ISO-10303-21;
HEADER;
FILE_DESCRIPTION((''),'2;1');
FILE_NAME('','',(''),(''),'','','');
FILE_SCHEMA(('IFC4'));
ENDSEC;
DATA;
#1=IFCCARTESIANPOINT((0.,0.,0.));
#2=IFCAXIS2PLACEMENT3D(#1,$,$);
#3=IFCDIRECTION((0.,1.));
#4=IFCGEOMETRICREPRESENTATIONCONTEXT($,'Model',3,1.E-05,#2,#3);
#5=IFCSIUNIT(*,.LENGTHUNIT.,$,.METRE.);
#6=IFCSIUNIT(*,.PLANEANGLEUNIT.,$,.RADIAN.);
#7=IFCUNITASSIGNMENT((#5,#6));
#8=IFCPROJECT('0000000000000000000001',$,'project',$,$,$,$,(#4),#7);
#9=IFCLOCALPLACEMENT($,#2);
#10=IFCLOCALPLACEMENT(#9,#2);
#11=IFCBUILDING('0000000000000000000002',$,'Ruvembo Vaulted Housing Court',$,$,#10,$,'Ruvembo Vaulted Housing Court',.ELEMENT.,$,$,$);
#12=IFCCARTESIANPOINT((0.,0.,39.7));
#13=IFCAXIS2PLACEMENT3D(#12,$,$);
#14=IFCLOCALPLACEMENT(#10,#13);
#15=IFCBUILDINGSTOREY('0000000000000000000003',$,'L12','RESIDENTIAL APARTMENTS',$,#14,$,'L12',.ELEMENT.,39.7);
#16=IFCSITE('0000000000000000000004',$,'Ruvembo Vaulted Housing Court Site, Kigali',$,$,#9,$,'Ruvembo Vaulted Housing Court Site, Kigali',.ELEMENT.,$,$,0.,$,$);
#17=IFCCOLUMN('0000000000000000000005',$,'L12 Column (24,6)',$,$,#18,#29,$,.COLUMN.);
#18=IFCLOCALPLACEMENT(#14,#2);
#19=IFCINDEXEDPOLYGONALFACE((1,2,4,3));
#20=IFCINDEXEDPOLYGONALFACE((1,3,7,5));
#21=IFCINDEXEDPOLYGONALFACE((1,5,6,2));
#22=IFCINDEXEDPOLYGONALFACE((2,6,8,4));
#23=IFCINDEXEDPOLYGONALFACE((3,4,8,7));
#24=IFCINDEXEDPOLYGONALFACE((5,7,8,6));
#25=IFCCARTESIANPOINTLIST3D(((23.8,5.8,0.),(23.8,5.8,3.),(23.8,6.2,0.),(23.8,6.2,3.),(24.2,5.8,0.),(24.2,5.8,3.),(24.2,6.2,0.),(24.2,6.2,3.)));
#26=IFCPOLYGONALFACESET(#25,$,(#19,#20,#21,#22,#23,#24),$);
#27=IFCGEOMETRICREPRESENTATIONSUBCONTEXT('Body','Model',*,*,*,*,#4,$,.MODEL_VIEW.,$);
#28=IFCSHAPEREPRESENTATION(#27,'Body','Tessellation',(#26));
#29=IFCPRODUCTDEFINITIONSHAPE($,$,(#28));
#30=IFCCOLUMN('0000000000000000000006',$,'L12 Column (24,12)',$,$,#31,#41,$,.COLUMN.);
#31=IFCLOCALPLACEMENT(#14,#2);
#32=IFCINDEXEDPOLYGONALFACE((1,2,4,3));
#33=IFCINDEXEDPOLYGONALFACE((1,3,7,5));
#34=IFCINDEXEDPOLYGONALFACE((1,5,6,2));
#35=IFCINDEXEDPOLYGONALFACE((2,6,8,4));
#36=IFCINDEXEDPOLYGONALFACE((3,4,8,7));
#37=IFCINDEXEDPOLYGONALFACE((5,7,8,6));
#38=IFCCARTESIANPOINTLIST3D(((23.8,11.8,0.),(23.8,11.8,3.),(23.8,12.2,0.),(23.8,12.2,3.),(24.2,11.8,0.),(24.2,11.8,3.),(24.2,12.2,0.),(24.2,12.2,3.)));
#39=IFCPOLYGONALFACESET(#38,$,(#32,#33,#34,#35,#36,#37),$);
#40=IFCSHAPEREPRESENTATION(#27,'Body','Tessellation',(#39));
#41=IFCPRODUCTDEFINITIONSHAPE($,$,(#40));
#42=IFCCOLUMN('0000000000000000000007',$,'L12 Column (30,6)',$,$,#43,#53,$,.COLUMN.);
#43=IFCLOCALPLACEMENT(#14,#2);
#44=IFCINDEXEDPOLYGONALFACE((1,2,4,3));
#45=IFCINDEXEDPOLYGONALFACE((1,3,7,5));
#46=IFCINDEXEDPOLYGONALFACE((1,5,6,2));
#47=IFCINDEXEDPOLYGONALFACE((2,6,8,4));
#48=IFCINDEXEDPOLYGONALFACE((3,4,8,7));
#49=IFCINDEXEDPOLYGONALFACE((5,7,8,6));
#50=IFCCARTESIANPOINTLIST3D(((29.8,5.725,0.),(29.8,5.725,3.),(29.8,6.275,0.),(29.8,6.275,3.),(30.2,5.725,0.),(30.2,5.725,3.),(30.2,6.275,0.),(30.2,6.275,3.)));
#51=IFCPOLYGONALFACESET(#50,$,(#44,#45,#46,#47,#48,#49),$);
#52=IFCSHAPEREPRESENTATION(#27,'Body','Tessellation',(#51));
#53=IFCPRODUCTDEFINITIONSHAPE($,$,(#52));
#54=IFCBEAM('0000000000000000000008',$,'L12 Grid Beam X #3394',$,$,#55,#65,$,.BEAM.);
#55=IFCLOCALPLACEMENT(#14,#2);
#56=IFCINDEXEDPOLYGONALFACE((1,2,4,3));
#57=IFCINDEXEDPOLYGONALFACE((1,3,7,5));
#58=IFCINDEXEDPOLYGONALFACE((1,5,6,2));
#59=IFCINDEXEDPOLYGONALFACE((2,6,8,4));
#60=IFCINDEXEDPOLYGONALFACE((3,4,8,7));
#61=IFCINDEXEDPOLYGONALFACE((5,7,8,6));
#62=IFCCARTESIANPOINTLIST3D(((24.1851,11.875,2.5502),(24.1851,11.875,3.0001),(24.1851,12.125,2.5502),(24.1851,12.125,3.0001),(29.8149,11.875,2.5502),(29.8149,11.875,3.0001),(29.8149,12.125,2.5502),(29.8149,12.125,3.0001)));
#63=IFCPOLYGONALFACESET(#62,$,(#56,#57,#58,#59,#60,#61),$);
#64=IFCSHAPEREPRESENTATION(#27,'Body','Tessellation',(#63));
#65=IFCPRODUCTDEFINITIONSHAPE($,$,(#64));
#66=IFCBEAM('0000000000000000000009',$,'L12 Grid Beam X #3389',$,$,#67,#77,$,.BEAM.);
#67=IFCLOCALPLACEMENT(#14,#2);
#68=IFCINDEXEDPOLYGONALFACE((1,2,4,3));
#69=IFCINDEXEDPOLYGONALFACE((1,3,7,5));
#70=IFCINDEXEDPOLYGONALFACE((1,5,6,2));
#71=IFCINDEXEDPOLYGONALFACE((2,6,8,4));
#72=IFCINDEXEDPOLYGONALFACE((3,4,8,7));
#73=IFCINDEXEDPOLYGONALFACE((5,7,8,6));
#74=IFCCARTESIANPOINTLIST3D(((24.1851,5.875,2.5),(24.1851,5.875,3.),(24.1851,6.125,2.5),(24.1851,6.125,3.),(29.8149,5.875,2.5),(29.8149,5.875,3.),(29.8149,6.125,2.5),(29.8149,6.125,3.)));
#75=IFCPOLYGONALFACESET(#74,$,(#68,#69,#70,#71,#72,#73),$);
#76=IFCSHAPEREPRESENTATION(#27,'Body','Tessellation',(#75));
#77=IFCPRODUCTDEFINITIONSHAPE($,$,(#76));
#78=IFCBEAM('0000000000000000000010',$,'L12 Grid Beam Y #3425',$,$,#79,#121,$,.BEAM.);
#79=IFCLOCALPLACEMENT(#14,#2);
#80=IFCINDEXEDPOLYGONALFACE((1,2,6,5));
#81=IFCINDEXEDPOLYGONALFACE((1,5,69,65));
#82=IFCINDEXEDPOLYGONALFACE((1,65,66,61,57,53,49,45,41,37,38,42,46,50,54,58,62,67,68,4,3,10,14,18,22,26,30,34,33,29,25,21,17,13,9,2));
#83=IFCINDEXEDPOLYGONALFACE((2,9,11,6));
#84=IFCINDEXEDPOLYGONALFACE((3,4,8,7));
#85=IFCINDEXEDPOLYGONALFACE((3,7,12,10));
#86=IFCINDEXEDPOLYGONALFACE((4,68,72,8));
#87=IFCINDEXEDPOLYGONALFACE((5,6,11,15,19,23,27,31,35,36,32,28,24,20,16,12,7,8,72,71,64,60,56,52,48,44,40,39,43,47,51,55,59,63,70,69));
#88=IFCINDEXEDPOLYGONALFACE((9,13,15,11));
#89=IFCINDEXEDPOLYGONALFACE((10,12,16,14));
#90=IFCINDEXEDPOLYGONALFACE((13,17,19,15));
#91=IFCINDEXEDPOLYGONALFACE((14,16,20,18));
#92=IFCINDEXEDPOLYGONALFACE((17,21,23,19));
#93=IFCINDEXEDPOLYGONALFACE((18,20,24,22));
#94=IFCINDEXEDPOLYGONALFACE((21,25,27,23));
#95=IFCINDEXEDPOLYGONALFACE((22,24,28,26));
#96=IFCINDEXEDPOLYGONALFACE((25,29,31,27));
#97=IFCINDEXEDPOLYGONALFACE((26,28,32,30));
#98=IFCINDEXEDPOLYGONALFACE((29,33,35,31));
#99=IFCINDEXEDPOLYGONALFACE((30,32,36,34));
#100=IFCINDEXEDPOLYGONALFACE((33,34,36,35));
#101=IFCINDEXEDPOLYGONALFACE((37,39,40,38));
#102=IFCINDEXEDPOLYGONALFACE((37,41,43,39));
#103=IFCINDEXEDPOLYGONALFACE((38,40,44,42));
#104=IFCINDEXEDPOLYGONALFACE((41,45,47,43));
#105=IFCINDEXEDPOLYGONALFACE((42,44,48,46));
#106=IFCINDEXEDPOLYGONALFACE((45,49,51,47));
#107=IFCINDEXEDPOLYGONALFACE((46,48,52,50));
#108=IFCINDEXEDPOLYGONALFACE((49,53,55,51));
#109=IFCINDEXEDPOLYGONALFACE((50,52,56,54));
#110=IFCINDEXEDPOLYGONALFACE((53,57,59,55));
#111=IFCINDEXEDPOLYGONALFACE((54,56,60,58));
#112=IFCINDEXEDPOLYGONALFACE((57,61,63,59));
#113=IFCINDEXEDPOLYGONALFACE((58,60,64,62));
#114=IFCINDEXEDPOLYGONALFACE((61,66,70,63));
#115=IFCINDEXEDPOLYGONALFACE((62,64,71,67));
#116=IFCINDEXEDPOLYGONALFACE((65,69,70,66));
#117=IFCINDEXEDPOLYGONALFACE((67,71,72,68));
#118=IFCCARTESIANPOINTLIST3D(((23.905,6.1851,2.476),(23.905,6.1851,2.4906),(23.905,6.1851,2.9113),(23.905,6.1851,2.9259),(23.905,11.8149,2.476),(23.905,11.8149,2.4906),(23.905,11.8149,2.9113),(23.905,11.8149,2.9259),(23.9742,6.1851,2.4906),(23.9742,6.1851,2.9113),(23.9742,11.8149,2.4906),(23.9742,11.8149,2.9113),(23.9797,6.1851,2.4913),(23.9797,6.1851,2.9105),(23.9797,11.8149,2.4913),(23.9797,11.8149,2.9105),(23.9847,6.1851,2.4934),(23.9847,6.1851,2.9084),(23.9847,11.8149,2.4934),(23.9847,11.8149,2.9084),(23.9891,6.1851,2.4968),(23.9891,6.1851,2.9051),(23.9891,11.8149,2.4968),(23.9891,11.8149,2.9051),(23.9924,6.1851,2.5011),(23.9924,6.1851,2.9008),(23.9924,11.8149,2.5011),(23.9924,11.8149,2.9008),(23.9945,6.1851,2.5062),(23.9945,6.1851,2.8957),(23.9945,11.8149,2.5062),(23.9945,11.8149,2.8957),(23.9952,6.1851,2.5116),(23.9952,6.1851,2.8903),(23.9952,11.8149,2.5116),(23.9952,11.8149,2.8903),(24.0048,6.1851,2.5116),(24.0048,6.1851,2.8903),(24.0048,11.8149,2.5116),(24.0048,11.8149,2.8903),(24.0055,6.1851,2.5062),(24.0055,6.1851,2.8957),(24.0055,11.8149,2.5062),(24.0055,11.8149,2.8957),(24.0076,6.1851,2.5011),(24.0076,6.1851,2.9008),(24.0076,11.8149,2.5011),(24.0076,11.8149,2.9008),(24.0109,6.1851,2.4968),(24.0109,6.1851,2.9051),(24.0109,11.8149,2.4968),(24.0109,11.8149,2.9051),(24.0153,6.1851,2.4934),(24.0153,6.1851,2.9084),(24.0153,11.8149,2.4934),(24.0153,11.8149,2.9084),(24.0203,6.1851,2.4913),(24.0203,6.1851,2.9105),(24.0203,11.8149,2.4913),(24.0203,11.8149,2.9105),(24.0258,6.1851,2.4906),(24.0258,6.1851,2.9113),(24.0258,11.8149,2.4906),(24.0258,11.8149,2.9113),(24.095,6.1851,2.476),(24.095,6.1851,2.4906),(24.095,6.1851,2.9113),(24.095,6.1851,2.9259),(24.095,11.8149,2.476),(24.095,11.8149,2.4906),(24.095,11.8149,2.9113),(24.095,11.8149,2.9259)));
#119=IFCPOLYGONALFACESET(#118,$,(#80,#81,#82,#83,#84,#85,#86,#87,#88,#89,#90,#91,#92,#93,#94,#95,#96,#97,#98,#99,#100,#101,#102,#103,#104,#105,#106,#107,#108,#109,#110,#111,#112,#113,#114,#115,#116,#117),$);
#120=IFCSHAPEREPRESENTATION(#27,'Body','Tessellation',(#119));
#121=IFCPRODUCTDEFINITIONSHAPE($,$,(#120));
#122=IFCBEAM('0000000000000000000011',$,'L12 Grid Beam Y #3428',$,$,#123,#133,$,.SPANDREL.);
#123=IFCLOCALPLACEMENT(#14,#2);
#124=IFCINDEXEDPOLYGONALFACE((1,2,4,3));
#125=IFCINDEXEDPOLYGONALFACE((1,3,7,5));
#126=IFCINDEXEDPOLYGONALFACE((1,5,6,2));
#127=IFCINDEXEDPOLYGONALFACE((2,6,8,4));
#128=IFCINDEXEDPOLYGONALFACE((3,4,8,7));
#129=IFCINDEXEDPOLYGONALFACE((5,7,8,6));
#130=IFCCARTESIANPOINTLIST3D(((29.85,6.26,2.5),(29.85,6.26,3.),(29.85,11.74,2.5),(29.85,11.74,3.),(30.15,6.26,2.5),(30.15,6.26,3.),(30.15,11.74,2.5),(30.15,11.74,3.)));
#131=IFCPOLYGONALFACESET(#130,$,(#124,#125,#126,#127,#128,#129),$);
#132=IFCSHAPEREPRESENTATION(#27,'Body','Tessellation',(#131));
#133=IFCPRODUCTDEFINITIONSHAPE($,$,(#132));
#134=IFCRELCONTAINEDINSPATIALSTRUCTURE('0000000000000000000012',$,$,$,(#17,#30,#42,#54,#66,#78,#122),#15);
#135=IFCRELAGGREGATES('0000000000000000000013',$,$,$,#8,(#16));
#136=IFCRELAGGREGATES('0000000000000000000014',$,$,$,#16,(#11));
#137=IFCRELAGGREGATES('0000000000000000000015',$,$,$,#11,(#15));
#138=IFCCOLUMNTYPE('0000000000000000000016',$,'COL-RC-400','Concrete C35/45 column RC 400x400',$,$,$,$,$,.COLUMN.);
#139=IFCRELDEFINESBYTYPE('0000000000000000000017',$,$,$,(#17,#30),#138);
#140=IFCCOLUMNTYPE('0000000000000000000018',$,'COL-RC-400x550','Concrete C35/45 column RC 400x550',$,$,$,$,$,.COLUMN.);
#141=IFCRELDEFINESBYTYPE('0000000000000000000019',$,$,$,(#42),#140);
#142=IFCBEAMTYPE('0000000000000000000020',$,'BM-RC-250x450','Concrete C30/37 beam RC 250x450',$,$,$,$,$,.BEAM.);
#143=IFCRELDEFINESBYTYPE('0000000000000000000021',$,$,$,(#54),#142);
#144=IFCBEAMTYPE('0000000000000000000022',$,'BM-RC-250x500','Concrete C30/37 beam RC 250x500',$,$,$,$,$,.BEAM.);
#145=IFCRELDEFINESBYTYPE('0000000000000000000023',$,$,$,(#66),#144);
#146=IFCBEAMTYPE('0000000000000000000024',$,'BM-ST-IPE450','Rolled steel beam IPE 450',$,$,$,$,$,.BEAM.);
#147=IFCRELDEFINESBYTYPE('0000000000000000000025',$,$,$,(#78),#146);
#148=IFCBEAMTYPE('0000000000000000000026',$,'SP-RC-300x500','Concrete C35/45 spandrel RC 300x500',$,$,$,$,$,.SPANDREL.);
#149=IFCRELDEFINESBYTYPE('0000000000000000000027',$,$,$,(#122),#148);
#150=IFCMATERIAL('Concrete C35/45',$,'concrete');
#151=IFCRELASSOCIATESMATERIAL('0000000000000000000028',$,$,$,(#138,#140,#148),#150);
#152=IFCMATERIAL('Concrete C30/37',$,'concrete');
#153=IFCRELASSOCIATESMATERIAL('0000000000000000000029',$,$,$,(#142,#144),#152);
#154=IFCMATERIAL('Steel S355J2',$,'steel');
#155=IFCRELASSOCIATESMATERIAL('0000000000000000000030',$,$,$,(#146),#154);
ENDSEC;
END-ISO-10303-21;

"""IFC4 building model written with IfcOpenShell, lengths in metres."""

from ifc_helpers import new_model, si_unit, direction, frame, origin, origin_2d, place, context, subcontext, project, spatial, rectangle, i_section, extrude, material, material_profile, profile_set, type_object, element, save


model = new_model("IFC4")

# Units and contexts
model_context = context("Model", 3, precision=1e-05, world=origin(), true_north=direction((0.0, 1.0)))
body_context = subcontext(model_context, "Body", "Model", "MODEL_VIEW")
ifc_project = project(units=[si_unit("LENGTHUNIT", "METRE"), si_unit("PLANEANGLEUNIT", "RADIAN")], contexts=[model_context])

# Site, building, storey
site_placement = place(None, origin())
site = spatial("IfcSite", under=ifc_project, at=site_placement, Name="Ruvembo Vaulted Housing Court Site, Kigali", LongName="Ruvembo Vaulted Housing Court Site, Kigali", CompositionType="ELEMENT", RefElevation=0.0)
building_placement = place(site_placement, origin())
building = spatial("IfcBuilding", under=site, at=building_placement, Name="Ruvembo Vaulted Housing Court", LongName="Ruvembo Vaulted Housing Court", CompositionType="ELEMENT")
storey_placement = place(building_placement, frame((0.0, 0.0, 39.7)))
storey = spatial("IfcBuildingStorey", under=building, at=storey_placement, Name="L12", Description="RESIDENTIAL APARTMENTS", LongName="L12", CompositionType="ELEMENT", Elevation=39.7)

# Columns
ifc_material_1 = material(Name="Concrete C35/45", Category="concrete")
ifc_material_profile_1 = material_profile(ifc_material_1, rectangle(XDim=0.3999, YDim=0.3999, at=origin_2d()), Name="RC 400x400")
ifc_profile_set_1 = profile_set([ifc_material_profile_1], Name="Concrete C35/45")
column_type_1 = type_object("IfcColumnType", Name="COL-RC-400", Description="Concrete C35/45 column RC 400x400", PredefinedType="COLUMN", material=ifc_profile_set_1)
for number, where, z_axis, x_axis, name in (
    (1, (24.0, 6.0, 0.0), (0.0, 0.0, 1.0), (1.0, 0.0, 0.0), "L12 Column (24,6)"),
    (2, (24.0, 12.0, 0.0), (0.0, 0.0, 1.0), (1.0, 0.0, 0.0), "L12 Column (24,12)"),
):
    element("IfcColumn", number, at=place(storey_placement, frame(where, z_axis=z_axis, x_axis=x_axis)), inside=storey, type_object=column_type_1, Name=name, PredefinedType="COLUMN", context=body_context, shape_type="SweptSolid", body=[
        extrude(rectangle(XDim=0.3999, YDim=0.3999, at=origin_2d()), origin(), (0.0, 0.0, 1.0), 3.0),
    ])
ifc_material_profile_2 = material_profile(ifc_material_1, rectangle(XDim=0.3999, YDim=0.55, at=origin_2d()), Name="RC 400x550")
ifc_profile_set_2 = profile_set([ifc_material_profile_2], Name="Concrete C35/45")
column_type_2 = type_object("IfcColumnType", Name="COL-RC-400x550", Description="Concrete C35/45 column RC 400x550", PredefinedType="COLUMN", material=ifc_profile_set_2)
column_placement = place(storey_placement, frame((30.0, 6.0, 0.0), z_axis=(0.0, 0.0, 1.0), x_axis=(1.0, 0.0, 0.0)))
element("IfcColumn", 3, at=column_placement, inside=storey, type_object=column_type_2, Name="L12 Column (30,6)", PredefinedType="COLUMN", context=body_context, shape_type="SweptSolid", body=[
    extrude(rectangle(XDim=0.3999, YDim=0.55, at=origin_2d()), origin(), (0.0, 0.0, 1.0), 3.0),
])

# Beams
ifc_material_2 = material(Name="Concrete C30/37", Category="concrete")
ifc_material_profile_3 = material_profile(ifc_material_2, rectangle(XDim=0.25, YDim=0.45, at=origin_2d()), Name="RC 250x450")
ifc_profile_set_3 = profile_set([ifc_material_profile_3], Name="Concrete C30/37")
beam_type_1 = type_object("IfcBeamType", Name="BM-RC-250x450", Description="Concrete C30/37 beam RC 250x450", PredefinedType="BEAM", material=ifc_profile_set_3)
beam_1_placement = place(storey_placement, frame((24.1851, 12.0, 2.7751), z_axis=(1.0, 0.0, 0.0), x_axis=(0.0, 1.0, 0.0)))
element("IfcBeam", 4, at=beam_1_placement, inside=storey, type_object=beam_type_1, Name="L12 Grid Beam X #3394", PredefinedType="BEAM", context=body_context, shape_type="SweptSolid", body=[
    extrude(rectangle(XDim=0.25, YDim=0.45, at=origin_2d()), origin(), (0.0, 0.0, 1.0), 5.6299),
])
ifc_material_profile_4 = material_profile(ifc_material_2, rectangle(XDim=0.25, YDim=0.5, at=origin_2d()), Name="RC 250x500")
ifc_profile_set_4 = profile_set([ifc_material_profile_4], Name="Concrete C30/37")
beam_type_2 = type_object("IfcBeamType", Name="BM-RC-250x500", Description="Concrete C30/37 beam RC 250x500", PredefinedType="BEAM", material=ifc_profile_set_4)
beam_2_placement = place(storey_placement, frame((24.1851, 6.0, 2.75), z_axis=(1.0, 0.0, 0.0), x_axis=(0.0, 1.0, 0.0)))
element("IfcBeam", 5, at=beam_2_placement, inside=storey, type_object=beam_type_2, Name="L12 Grid Beam X #3389", PredefinedType="BEAM", context=body_context, shape_type="SweptSolid", body=[
    extrude(rectangle(XDim=0.25, YDim=0.5, at=origin_2d()), origin(), (0.0, 0.0, 1.0), 5.6299),
])
ifc_material_3 = material(Name="Steel S355J2", Category="steel")
ifc_material_profile_5 = material_profile(ifc_material_3, i_section(OverallWidth=0.1899, OverallDepth=0.45, WebThickness=0.0095, FlangeThickness=0.0146, FilletRadius=0.021, at=origin_2d()), Name="IPE 450")
ifc_profile_set_5 = profile_set([ifc_material_profile_5], Name="Steel S355J2")
beam_type_3 = type_object("IfcBeamType", Name="BM-ST-IPE450", Description="Rolled steel beam IPE 450", PredefinedType="BEAM", material=ifc_profile_set_5)
beam_3_placement = place(storey_placement, frame((24.0, 6.1851, 2.7009), z_axis=(0.0, 1.0, 0.0), x_axis=(-1.0, 0.0, 0.0)))
element("IfcBeam", 6, at=beam_3_placement, inside=storey, type_object=beam_type_3, Name="L12 Grid Beam Y #3425", PredefinedType="BEAM", context=body_context, shape_type="SweptSolid", body=[
    extrude(i_section(OverallWidth=0.1899, OverallDepth=0.45, WebThickness=0.0095, FlangeThickness=0.0146, FilletRadius=0.021, at=origin_2d()), origin(), (0.0, 0.0, 1.0), 5.6299),
])
ifc_material_profile_6 = material_profile(ifc_material_1, rectangle(XDim=0.3, YDim=0.5, at=origin_2d()), Name="RC 300x500")
ifc_profile_set_6 = profile_set([ifc_material_profile_6], Name="Concrete C35/45")
beam_type_4 = type_object("IfcBeamType", Name="SP-RC-300x500", Description="Concrete C35/45 spandrel RC 300x500", PredefinedType="SPANDREL", material=ifc_profile_set_6)
beam_4_placement = place(storey_placement, frame((30.0, 6.26, 2.75), z_axis=(0.0, 1.0, 0.0), x_axis=(-1.0, 0.0, 0.0)))
element("IfcBeam", 7, at=beam_4_placement, inside=storey, type_object=beam_type_4, Name="L12 Grid Beam Y #3428", PredefinedType="SPANDREL", context=body_context, shape_type="SweptSolid", body=[
    extrude(rectangle(XDim=0.3, YDim=0.5, at=origin_2d()), origin(), (0.0, 0.0, 1.0), 5.48),
])

save(model, "model.ifc")
